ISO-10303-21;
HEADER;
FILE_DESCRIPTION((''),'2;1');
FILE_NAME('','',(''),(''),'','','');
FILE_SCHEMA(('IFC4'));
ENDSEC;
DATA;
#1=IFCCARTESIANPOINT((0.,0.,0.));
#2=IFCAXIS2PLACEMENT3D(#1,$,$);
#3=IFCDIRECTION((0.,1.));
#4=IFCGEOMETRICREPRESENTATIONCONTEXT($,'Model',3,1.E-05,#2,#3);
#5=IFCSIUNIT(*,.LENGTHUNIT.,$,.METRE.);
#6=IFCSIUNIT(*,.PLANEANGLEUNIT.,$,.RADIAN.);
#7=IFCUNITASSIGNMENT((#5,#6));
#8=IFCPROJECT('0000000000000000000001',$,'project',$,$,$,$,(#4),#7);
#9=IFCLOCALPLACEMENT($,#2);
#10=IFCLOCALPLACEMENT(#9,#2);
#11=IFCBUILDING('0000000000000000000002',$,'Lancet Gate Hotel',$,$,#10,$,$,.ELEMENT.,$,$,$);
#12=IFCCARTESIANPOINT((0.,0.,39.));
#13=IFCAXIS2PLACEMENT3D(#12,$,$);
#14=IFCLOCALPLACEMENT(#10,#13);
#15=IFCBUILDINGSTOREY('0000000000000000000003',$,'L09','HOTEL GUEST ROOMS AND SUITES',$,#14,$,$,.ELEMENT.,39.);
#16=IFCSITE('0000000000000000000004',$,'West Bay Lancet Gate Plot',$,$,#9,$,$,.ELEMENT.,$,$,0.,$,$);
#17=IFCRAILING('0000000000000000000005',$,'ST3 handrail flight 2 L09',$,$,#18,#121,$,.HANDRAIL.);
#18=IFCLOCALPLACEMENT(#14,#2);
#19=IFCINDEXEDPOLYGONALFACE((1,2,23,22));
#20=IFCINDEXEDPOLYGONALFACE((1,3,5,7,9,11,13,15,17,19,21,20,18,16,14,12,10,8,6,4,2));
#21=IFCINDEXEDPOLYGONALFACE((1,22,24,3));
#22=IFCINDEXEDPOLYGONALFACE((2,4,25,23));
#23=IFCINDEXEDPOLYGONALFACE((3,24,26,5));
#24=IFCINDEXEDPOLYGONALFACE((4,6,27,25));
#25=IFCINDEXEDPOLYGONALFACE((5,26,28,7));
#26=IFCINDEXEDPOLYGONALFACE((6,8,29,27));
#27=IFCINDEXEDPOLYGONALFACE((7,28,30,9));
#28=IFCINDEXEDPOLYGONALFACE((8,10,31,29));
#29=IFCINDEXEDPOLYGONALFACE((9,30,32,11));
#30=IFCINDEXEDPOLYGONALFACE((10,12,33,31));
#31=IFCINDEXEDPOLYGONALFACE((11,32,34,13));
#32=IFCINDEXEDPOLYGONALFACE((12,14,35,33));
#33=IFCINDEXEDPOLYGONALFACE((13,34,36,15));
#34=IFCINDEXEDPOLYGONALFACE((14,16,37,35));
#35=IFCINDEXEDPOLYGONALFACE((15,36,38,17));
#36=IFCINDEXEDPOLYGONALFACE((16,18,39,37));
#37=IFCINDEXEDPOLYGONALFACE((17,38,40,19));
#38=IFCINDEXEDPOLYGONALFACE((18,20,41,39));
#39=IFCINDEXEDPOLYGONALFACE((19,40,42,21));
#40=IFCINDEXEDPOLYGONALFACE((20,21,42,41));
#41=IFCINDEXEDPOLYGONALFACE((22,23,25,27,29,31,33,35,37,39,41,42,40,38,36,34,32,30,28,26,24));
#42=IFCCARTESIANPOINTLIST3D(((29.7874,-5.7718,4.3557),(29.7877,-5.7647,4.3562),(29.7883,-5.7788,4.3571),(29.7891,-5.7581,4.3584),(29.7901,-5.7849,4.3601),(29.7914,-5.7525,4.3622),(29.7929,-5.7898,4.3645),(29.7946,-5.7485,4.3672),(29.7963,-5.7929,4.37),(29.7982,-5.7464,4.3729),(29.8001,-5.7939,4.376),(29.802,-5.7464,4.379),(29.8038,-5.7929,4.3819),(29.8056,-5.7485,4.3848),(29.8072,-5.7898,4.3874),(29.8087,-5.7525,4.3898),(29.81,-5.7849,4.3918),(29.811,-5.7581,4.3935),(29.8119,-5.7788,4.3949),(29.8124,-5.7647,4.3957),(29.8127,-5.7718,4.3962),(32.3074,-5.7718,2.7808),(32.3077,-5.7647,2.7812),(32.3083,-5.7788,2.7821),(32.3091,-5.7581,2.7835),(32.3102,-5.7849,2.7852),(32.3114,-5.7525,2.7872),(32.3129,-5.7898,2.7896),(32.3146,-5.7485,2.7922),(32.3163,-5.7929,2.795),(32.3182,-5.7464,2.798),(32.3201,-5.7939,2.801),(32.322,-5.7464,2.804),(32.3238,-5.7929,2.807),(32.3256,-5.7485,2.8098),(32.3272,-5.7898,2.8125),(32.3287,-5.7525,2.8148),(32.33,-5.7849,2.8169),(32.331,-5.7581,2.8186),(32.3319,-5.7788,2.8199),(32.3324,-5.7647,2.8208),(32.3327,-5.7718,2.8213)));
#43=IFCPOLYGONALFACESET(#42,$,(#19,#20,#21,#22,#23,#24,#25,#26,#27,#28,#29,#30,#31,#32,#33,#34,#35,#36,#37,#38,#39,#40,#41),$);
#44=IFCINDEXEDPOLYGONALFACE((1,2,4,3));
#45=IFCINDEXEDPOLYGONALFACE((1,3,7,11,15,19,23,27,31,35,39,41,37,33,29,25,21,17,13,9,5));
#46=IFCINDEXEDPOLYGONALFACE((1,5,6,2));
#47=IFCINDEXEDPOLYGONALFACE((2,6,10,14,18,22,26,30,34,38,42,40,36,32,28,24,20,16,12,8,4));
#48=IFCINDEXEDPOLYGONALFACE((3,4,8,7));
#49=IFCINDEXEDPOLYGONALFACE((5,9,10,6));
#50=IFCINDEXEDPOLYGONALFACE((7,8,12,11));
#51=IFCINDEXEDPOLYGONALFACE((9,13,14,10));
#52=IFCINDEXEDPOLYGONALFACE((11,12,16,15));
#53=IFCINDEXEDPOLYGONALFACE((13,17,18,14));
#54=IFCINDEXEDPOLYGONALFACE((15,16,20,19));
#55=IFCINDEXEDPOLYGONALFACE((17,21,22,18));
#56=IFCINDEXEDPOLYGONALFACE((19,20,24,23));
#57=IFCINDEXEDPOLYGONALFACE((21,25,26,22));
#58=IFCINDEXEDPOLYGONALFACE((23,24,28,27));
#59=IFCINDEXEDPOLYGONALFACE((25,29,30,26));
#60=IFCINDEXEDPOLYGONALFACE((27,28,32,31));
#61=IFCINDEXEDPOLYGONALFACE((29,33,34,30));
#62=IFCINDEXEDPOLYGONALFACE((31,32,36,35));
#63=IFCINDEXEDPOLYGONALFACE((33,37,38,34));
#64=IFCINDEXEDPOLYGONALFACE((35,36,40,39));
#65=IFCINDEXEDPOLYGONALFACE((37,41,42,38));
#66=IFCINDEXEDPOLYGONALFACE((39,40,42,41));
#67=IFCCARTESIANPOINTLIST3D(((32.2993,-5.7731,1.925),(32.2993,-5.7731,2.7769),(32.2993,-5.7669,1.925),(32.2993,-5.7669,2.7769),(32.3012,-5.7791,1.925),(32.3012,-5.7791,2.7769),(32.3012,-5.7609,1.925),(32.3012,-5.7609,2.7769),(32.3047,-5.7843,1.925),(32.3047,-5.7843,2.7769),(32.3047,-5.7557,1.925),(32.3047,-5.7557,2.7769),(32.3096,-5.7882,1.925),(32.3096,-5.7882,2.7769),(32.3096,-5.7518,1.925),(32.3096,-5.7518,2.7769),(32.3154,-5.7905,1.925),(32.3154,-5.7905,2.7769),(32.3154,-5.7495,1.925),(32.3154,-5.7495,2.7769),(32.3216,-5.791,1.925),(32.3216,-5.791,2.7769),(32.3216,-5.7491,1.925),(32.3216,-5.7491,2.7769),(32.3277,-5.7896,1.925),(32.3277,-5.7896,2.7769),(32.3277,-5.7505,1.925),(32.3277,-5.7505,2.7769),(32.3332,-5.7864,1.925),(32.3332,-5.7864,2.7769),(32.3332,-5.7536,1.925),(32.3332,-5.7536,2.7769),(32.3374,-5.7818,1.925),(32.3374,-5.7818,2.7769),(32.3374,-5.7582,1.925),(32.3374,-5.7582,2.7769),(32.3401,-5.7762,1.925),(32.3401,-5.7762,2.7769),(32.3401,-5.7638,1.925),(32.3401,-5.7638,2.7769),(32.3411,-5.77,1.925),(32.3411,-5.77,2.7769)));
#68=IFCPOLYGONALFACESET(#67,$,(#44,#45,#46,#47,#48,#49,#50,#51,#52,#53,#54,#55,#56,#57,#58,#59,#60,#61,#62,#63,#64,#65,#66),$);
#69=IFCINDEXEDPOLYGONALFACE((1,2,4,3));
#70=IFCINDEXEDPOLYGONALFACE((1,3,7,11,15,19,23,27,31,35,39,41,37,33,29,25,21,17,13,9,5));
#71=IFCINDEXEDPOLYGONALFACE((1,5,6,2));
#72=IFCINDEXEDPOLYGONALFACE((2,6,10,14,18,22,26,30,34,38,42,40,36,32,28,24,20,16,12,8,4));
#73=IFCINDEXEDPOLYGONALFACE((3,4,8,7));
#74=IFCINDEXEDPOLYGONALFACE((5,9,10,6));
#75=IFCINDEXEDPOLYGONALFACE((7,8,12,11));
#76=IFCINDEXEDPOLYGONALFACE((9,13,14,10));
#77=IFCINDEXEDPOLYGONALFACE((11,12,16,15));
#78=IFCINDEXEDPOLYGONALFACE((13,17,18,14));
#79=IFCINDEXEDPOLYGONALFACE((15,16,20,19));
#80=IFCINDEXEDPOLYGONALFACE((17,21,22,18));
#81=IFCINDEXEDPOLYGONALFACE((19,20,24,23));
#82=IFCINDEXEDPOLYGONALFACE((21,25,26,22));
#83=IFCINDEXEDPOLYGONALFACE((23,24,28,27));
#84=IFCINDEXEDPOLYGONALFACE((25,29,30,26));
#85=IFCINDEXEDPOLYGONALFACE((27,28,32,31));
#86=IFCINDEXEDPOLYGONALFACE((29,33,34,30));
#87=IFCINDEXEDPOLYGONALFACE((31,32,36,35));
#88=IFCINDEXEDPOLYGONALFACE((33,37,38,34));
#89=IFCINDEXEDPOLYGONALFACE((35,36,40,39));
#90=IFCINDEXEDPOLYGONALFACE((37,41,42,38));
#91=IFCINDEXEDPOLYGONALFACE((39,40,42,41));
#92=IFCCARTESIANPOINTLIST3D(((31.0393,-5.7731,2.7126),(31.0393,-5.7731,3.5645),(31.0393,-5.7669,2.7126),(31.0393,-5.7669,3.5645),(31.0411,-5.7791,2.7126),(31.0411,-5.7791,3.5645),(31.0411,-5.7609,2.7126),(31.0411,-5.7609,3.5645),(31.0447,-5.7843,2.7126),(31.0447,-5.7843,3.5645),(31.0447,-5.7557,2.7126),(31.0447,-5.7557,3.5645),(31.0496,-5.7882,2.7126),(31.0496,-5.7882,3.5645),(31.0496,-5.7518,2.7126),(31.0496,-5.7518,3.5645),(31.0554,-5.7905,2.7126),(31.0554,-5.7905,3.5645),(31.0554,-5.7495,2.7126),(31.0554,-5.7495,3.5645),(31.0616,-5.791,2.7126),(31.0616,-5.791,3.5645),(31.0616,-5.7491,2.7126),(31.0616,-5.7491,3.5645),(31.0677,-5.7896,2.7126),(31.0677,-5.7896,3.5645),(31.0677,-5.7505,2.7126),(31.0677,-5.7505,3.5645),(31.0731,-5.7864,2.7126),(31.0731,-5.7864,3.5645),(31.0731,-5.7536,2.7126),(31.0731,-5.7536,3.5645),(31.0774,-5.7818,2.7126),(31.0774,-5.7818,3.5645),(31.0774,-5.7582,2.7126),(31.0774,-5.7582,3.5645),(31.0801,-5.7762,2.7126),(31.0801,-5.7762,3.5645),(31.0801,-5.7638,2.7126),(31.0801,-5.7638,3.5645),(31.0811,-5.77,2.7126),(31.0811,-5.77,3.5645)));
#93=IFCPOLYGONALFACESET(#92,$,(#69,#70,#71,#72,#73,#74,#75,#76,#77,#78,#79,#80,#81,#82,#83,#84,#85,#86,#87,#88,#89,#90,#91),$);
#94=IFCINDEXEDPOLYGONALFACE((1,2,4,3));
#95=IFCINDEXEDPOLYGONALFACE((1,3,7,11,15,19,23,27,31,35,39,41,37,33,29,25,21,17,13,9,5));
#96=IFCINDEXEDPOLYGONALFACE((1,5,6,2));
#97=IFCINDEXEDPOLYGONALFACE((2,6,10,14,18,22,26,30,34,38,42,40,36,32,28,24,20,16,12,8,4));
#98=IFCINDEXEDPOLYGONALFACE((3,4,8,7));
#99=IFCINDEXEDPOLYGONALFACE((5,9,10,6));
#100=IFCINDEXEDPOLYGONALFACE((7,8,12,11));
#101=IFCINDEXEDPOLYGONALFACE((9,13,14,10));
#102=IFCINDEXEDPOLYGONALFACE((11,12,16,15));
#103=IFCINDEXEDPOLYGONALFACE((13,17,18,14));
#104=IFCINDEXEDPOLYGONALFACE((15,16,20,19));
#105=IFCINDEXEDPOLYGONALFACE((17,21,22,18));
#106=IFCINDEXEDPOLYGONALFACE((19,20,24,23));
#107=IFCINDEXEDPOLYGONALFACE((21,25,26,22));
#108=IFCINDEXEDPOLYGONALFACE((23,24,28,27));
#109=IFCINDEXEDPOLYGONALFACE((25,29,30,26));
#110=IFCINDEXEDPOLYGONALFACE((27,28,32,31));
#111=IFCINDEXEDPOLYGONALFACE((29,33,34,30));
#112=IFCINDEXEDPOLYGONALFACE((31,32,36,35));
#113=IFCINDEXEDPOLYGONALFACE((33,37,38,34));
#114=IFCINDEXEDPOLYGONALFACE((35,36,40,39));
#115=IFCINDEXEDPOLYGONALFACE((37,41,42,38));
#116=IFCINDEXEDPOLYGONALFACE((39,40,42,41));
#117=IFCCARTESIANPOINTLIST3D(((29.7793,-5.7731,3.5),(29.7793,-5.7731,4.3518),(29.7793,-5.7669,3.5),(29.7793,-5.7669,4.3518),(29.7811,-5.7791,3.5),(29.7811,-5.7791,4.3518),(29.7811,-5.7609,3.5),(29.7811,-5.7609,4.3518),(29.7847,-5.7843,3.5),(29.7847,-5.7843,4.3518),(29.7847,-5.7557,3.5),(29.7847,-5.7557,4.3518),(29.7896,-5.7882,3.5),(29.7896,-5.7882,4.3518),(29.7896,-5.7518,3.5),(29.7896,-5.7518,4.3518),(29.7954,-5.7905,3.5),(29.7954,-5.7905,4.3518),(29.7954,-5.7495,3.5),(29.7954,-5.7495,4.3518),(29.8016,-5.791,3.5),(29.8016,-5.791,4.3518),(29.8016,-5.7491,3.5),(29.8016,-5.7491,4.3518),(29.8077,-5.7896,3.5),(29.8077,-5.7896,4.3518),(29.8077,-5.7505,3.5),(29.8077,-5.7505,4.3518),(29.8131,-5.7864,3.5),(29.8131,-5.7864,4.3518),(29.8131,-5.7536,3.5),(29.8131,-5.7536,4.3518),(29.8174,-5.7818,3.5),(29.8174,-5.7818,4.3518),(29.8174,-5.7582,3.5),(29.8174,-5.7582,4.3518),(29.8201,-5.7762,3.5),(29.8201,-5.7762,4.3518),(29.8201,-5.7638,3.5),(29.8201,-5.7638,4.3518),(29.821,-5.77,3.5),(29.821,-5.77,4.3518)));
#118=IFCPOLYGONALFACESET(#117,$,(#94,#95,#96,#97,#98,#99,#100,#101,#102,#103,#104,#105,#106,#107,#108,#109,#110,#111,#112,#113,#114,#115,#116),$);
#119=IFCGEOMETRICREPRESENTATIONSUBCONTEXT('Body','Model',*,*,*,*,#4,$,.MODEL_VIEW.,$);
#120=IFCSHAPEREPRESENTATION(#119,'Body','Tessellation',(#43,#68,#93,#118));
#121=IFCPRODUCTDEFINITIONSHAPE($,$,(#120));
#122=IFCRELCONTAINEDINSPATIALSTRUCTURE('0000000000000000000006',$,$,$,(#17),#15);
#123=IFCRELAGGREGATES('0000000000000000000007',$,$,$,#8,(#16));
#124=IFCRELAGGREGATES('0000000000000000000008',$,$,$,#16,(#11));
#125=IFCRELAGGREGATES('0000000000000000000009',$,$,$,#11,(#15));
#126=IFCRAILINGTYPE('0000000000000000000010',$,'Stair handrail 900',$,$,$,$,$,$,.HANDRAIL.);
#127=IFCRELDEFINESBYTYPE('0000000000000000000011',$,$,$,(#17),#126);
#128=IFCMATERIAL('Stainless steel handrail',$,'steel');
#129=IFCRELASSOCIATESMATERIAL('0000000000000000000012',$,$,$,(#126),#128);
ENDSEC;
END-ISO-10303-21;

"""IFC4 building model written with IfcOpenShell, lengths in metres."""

from ifc_helpers import new_model, si_unit, direction, frame, origin, origin_2d, place, context, subcontext, project, spatial, circle, extrude, material, type_object, element, save


model = new_model("IFC4")

# Units and contexts
model_context = context("Model", 3, precision=1e-05, world=origin(), true_north=direction((0.0, 1.0)))
body_context = subcontext(model_context, "Body", "Model", "MODEL_VIEW")
ifc_project = project(units=[si_unit("LENGTHUNIT", "METRE"), si_unit("PLANEANGLEUNIT", "RADIAN")], contexts=[model_context])

# Site, building, storey
site_placement = place(None, origin())
site = spatial("IfcSite", under=ifc_project, at=site_placement, Name="West Bay Lancet Gate Plot", CompositionType="ELEMENT", RefElevation=0.0)
building_placement = place(site_placement, origin())
building = spatial("IfcBuilding", under=site, at=building_placement, Name="Lancet Gate Hotel", CompositionType="ELEMENT")
storey_placement = place(building_placement, frame((0.0, 0.0, 39.0)))
storey = spatial("IfcBuildingStorey", under=building, at=storey_placement, Name="L09", Description="HOTEL GUEST ROOMS AND SUITES", CompositionType="ELEMENT", Elevation=39.0)

# Railing
ifc_material_1 = material(Name="Stainless steel handrail", Category="steel")
railing_type = type_object("IfcRailingType", Name="Stair handrail 900", PredefinedType="HANDRAIL", material=ifc_material_1)
railing_1_placement = place(storey_placement, frame((32.3201, -5.77, 1.925)))
element("IfcRailing", 1, at=railing_1_placement, inside=storey, type_object=railing_type, Name="ST3 handrail flight 2 L09", PredefinedType="HANDRAIL", context=body_context, shape_type="SweptSolid", body=[
    extrude(circle(Radius=0.0239, at=origin_2d()), frame((0.0, 0.0, 0.876), z_axis=(-0.848008, 0.0, 0.529984), x_axis=(0.0, -1.0, 0.0)), (0.0, 0.0, 1.0), 2.9717),
    extrude(circle(Radius=0.021, at=origin_2d()), origin(), (0.0, 0.0, 1.0), 0.8518),
    extrude(circle(Radius=0.021, at=origin_2d()), frame((-1.26, 0.0, 0.7876)), (0.0, 0.0, 1.0), 0.8518),
    extrude(circle(Radius=0.021, at=origin_2d()), frame((-2.52, 0.0, 1.575)), (0.0, 0.0, 1.0), 0.8518),
])

save(model, "model.ifc")
